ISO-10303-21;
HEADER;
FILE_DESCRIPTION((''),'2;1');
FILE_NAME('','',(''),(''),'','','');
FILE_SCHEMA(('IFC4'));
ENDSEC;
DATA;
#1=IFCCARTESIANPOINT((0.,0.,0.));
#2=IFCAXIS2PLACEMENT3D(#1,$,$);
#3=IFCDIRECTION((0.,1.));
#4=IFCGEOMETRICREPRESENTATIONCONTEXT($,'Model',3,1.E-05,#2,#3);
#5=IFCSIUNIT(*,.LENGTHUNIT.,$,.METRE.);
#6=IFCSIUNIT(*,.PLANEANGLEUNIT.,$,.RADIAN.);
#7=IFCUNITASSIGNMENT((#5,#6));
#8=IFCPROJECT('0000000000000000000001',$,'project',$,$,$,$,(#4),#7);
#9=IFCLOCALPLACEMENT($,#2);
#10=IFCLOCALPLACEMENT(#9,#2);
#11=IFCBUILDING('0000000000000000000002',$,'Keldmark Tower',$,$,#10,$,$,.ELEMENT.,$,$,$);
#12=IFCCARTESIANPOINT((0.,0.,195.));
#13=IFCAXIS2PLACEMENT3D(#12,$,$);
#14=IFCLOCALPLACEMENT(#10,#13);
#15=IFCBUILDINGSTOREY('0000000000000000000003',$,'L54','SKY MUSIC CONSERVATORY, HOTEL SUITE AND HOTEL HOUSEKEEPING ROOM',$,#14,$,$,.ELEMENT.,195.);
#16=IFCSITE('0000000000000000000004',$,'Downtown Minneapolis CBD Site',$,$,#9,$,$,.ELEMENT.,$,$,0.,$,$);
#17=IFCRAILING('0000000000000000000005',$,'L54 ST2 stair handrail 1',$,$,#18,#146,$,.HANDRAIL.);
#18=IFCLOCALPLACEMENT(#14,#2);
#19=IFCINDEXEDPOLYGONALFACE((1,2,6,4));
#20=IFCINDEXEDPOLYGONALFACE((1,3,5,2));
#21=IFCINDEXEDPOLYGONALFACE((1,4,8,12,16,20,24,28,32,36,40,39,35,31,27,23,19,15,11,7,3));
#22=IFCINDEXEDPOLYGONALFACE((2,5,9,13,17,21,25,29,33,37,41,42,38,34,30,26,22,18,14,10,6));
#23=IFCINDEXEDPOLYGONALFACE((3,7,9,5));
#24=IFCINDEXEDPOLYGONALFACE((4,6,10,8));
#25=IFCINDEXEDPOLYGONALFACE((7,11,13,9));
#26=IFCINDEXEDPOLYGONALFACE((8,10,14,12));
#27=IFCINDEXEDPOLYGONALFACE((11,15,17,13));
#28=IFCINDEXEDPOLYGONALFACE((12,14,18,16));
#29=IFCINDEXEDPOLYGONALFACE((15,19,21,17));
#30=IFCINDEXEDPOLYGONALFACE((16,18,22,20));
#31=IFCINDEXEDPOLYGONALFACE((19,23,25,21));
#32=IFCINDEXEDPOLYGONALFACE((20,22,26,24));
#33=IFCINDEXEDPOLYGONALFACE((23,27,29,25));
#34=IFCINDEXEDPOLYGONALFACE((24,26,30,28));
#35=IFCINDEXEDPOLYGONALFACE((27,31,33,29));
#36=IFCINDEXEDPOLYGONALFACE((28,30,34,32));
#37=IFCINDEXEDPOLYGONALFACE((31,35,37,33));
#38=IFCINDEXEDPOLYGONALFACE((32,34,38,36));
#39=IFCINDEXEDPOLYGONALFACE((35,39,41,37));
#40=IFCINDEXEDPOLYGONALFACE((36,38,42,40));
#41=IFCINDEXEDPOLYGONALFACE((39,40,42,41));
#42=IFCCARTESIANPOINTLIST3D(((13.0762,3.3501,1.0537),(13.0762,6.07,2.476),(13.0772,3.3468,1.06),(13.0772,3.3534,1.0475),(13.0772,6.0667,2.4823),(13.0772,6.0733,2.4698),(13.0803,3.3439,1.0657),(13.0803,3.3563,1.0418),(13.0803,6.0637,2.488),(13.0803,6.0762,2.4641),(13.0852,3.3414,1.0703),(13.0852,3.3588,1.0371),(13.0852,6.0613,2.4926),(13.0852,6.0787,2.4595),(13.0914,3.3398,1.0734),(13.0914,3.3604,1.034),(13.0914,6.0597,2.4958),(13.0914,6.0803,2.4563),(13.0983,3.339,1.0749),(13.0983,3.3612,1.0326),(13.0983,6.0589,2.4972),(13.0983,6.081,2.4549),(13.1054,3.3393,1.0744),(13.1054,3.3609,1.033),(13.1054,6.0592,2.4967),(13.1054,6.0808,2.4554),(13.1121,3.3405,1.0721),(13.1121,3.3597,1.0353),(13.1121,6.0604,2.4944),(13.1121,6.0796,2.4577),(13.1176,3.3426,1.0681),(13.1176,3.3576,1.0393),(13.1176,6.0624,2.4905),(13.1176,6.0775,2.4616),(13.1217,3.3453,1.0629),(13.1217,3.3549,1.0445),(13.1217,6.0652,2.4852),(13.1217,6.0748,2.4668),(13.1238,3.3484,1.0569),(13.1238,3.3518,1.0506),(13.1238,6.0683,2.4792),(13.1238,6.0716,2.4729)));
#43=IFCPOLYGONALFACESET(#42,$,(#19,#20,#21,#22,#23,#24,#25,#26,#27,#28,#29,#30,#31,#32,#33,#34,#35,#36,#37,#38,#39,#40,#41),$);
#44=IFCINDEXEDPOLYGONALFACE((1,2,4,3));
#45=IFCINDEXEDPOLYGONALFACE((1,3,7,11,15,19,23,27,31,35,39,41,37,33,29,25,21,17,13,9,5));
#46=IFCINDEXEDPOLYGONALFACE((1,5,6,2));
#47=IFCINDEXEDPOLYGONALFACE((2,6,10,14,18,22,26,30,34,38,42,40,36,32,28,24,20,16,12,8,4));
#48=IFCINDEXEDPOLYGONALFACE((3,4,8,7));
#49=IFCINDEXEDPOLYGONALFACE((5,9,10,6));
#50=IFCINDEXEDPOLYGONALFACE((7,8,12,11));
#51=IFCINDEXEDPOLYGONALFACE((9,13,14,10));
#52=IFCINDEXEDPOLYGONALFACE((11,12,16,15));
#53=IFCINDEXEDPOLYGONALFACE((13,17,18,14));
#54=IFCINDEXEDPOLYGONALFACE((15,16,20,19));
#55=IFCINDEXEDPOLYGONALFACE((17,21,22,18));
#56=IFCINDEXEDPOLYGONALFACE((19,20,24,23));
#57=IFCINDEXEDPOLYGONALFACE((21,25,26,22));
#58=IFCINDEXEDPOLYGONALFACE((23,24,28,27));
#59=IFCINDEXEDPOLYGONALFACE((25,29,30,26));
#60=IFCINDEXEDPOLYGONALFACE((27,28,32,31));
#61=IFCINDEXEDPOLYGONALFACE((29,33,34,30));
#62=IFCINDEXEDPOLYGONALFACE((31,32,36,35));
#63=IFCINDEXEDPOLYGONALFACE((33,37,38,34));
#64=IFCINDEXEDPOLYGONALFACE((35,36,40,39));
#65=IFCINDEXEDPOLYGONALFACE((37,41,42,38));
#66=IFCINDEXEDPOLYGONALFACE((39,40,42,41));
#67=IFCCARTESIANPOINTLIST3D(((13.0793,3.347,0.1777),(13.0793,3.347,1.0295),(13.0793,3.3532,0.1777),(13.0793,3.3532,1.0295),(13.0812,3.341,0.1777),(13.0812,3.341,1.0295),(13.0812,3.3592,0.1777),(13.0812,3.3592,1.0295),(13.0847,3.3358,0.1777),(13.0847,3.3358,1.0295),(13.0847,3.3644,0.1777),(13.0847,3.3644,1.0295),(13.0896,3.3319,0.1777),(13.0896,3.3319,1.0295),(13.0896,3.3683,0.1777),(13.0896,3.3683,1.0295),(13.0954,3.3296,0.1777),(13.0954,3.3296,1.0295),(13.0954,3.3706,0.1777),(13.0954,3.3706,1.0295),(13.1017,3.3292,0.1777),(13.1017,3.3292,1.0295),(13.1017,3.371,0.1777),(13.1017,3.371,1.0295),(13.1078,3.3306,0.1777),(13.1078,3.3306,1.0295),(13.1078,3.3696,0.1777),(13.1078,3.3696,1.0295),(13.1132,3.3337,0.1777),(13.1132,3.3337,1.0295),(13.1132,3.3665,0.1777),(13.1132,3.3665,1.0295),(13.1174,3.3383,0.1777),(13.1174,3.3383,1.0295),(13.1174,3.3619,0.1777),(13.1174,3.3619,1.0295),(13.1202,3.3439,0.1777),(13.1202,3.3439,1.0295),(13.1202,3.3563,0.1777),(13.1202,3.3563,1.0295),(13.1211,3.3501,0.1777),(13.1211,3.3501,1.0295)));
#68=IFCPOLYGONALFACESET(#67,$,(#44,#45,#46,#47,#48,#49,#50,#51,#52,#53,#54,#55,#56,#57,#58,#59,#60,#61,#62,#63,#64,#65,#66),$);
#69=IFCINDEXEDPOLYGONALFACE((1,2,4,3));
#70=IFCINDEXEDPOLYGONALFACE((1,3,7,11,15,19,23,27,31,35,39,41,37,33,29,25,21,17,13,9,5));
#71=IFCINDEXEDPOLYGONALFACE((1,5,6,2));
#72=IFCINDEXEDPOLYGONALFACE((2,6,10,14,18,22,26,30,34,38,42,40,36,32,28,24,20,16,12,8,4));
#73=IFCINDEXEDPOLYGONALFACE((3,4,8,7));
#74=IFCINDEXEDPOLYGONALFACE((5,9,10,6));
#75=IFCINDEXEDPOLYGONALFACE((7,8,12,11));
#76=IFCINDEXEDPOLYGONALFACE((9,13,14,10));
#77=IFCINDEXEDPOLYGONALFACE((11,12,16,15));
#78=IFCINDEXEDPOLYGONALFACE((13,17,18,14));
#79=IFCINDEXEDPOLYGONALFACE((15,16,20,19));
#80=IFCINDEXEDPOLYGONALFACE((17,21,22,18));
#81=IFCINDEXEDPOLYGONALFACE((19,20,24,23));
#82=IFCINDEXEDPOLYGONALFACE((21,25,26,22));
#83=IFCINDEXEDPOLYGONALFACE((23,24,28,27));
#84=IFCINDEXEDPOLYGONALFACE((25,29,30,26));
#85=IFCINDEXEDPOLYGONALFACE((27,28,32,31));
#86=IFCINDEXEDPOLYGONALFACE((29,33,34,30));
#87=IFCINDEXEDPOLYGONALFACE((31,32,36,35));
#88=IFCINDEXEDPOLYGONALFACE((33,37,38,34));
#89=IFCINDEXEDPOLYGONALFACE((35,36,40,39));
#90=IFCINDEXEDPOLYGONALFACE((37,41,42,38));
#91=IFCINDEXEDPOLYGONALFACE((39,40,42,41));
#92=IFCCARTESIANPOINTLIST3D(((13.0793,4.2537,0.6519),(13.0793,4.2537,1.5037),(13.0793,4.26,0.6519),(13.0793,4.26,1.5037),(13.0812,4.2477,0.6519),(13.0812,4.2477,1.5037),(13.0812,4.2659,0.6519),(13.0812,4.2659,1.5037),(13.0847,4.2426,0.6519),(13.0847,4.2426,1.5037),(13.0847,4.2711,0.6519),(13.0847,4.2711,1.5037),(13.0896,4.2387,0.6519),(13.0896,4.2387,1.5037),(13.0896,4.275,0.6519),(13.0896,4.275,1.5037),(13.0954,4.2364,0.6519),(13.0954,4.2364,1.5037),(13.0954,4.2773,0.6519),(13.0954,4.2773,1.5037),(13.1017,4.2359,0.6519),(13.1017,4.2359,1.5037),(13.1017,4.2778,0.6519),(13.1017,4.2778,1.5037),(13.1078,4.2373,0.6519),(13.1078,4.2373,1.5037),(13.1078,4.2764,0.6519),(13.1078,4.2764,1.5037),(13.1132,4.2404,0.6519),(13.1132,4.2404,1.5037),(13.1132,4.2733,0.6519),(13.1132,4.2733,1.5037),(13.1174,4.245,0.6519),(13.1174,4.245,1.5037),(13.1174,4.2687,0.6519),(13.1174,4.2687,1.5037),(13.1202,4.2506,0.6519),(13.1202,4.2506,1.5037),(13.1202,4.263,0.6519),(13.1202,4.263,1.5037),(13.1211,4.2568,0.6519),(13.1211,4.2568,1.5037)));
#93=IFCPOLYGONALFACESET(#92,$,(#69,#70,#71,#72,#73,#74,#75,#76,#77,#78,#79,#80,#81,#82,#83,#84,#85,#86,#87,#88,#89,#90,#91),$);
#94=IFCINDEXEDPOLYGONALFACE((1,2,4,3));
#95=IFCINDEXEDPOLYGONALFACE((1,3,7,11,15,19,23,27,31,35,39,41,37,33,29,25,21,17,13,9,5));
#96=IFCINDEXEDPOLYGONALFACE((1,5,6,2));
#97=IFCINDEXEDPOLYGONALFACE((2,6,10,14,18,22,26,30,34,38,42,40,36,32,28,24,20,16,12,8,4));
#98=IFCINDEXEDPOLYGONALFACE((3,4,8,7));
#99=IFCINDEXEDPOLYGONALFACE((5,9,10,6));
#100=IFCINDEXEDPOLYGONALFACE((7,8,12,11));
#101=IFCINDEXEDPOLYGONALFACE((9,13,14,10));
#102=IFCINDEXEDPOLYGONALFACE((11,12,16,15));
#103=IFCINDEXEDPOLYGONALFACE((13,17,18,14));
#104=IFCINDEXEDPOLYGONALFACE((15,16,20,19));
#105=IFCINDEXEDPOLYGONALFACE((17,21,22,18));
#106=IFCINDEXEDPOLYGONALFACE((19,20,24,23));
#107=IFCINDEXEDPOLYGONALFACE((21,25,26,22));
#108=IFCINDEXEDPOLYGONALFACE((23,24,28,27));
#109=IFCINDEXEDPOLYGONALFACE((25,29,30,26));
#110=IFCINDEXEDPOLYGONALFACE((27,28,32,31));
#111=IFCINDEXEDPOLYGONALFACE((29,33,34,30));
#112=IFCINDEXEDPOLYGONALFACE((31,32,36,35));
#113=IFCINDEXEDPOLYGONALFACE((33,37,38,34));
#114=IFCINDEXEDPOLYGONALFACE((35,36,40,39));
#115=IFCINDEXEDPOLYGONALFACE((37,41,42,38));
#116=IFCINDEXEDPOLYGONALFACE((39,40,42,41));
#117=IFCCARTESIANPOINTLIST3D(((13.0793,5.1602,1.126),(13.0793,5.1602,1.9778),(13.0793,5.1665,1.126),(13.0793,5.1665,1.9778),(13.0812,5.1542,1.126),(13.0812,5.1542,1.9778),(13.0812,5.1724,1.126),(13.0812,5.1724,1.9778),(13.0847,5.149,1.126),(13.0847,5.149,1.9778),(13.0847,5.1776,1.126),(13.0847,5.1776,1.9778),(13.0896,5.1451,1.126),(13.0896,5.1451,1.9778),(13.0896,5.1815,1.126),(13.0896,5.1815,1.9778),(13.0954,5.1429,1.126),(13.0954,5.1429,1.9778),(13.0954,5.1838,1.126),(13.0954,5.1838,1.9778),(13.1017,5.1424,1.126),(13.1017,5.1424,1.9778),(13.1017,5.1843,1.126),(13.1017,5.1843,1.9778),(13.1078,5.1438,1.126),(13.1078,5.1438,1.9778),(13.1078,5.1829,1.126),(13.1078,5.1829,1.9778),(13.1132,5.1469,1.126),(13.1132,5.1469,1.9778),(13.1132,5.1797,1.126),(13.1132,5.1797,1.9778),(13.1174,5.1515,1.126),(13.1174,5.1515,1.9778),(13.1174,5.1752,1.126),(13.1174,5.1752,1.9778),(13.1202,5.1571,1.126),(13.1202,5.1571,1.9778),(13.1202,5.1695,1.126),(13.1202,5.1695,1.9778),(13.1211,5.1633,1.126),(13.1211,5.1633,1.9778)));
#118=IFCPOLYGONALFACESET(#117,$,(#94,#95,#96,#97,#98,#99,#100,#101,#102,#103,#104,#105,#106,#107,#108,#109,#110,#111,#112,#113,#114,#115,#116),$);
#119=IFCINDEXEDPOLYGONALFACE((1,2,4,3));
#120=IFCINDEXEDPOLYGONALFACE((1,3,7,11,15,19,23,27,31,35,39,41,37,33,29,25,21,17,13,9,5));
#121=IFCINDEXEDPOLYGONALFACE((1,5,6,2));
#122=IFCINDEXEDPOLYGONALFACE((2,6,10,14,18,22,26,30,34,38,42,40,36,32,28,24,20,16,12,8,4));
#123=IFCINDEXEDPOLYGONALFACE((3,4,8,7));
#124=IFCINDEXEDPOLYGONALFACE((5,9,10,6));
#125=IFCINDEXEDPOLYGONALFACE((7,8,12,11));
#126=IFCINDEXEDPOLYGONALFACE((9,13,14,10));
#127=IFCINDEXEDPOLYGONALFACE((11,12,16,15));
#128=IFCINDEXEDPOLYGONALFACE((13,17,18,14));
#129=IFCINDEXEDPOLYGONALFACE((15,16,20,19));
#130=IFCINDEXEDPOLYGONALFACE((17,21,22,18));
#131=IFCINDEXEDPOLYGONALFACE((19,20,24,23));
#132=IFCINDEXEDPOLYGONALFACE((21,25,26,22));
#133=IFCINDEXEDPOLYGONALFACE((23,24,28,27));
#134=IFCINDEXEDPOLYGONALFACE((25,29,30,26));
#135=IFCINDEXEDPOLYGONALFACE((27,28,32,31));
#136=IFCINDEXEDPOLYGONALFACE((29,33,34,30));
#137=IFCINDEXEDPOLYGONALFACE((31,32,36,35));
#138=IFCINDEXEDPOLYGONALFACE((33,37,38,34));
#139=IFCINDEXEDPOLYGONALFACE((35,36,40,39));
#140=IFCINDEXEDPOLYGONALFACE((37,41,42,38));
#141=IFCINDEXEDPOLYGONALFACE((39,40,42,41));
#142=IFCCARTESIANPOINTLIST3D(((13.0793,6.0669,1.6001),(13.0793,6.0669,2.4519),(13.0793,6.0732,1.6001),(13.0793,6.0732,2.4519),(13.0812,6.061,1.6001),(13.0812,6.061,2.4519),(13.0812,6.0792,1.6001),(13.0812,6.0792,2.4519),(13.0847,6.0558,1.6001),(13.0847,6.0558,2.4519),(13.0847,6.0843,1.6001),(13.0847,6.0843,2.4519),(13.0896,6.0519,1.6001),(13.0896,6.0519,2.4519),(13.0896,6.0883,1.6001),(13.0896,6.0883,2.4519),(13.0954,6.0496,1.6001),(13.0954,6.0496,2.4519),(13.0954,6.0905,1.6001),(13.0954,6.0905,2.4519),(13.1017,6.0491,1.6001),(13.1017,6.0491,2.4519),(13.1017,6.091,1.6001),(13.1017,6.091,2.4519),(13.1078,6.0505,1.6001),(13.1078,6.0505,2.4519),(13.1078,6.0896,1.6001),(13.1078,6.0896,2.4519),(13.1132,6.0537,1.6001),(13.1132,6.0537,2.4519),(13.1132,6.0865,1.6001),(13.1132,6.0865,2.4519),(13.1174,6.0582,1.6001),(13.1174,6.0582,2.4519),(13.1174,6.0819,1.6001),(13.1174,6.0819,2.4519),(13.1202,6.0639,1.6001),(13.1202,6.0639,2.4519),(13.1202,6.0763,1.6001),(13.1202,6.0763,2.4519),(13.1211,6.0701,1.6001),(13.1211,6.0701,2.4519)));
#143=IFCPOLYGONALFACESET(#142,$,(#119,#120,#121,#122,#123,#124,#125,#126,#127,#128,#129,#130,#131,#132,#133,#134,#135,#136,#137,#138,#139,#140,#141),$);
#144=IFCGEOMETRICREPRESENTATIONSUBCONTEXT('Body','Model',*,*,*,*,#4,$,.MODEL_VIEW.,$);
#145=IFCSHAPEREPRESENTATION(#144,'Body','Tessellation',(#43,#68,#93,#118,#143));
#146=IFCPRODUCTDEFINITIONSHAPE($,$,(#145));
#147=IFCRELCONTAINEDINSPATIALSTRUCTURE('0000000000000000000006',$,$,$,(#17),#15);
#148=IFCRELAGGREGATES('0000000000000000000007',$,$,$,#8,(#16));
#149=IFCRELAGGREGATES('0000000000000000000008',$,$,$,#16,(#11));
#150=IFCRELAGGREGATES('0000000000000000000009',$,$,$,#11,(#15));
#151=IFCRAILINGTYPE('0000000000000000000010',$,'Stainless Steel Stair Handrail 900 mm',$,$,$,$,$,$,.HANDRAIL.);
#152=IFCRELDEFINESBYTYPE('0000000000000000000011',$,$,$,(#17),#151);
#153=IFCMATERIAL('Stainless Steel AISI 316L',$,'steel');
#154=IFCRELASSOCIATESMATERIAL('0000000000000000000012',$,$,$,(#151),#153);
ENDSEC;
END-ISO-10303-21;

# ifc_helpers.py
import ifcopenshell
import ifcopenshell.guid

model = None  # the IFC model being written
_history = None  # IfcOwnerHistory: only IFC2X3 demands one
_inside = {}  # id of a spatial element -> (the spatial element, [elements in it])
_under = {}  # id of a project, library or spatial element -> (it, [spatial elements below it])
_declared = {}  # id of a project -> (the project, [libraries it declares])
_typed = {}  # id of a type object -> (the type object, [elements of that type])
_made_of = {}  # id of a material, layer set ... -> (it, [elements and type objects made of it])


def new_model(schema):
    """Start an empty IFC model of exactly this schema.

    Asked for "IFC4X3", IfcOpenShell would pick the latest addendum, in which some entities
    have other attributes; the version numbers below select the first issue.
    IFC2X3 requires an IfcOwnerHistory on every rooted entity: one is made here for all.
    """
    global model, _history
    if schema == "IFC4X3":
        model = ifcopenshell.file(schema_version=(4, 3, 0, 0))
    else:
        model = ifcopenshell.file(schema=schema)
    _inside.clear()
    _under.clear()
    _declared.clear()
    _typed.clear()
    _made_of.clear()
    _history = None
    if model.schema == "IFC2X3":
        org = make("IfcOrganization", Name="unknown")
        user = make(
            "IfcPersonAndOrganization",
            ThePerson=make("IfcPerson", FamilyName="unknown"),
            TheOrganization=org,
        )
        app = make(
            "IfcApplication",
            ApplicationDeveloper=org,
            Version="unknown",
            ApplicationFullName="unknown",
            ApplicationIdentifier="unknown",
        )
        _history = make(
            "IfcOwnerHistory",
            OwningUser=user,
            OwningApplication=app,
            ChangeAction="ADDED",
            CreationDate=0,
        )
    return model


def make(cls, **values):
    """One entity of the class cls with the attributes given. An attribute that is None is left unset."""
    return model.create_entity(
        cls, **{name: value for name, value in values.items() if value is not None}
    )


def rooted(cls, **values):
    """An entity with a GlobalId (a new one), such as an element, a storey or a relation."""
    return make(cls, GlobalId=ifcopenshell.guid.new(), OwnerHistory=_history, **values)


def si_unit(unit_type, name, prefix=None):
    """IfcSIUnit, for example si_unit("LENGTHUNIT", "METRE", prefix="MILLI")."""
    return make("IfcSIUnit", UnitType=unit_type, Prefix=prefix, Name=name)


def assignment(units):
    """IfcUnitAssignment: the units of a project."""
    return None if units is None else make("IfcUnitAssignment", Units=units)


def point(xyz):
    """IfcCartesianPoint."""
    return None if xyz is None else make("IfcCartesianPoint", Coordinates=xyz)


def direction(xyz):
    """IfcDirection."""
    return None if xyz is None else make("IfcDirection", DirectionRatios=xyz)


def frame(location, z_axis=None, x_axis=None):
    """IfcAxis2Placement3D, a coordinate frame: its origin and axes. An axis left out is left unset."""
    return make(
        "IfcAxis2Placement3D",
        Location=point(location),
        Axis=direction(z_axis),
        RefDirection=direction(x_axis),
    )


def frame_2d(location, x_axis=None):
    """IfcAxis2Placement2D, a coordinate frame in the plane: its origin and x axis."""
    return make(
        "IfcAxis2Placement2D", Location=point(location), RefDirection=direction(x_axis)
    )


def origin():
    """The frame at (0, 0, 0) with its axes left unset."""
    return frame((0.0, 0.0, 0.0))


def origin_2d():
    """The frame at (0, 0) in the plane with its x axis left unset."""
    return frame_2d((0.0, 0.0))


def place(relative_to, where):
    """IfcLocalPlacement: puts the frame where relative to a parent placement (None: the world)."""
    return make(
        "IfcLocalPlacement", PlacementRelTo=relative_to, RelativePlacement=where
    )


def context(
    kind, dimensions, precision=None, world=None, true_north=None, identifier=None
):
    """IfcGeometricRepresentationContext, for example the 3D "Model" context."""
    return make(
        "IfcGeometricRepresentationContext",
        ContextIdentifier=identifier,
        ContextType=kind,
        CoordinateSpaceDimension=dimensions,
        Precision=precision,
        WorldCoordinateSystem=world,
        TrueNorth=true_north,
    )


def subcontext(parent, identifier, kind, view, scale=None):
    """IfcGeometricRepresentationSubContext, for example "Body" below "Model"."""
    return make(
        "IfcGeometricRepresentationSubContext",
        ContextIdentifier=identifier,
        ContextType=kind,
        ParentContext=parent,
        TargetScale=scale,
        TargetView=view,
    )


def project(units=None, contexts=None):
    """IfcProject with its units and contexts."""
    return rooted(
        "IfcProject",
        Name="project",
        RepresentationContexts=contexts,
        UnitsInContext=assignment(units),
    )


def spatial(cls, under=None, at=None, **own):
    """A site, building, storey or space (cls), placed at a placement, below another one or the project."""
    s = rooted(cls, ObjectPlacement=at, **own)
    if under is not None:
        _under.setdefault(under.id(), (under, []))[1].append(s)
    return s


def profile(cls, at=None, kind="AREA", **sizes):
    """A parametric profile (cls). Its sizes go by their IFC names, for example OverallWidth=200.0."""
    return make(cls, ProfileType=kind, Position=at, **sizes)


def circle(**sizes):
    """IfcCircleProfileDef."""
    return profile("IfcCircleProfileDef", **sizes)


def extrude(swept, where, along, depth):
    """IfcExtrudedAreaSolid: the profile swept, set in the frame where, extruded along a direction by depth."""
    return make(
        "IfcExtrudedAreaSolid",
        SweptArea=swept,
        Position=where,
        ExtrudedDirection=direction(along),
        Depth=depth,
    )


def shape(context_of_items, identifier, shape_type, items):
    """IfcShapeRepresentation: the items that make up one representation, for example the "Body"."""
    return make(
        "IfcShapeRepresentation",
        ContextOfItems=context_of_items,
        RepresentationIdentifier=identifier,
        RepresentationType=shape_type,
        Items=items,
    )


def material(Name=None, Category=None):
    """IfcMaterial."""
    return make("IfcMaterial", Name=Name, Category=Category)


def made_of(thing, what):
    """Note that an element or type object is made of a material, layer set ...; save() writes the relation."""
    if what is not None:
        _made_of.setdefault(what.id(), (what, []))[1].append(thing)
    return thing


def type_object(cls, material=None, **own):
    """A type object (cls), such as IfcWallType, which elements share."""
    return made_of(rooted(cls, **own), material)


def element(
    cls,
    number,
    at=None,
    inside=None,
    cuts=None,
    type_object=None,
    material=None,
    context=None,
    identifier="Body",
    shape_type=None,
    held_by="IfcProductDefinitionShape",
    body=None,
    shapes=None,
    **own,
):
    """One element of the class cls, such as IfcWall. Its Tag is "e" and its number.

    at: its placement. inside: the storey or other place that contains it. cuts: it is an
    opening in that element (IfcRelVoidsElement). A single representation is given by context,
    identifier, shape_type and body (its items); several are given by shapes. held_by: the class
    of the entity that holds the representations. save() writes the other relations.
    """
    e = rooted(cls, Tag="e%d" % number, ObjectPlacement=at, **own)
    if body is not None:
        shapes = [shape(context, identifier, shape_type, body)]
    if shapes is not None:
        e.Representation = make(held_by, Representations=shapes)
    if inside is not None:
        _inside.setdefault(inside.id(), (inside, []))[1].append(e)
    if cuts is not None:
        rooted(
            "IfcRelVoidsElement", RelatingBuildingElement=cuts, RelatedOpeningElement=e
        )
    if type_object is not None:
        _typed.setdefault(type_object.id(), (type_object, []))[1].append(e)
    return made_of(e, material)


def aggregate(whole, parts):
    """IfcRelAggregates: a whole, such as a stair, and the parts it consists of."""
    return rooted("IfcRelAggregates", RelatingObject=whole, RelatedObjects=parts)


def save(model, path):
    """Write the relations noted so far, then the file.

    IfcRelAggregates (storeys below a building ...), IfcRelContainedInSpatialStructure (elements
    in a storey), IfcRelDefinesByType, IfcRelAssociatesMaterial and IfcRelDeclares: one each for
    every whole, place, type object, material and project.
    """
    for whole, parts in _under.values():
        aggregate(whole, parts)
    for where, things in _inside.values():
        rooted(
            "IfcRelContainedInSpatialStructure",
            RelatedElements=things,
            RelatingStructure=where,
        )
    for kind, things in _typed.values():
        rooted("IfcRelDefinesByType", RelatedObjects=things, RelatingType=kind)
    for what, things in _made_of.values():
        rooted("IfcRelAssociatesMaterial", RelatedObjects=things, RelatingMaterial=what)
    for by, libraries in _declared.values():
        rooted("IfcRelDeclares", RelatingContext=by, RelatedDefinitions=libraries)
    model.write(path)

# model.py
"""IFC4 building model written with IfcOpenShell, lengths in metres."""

from ifc_helpers import new_model, si_unit, direction, frame, origin, origin_2d, place, context, subcontext, project, spatial, circle, extrude, material, type_object, element, save


model = new_model("IFC4")

# Units and contexts
model_context = context("Model", 3, precision=1e-05, world=origin(), true_north=direction((0.0, 1.0)))
body_context = subcontext(model_context, "Body", "Model", "MODEL_VIEW")
ifc_project = project(units=[si_unit("LENGTHUNIT", "METRE"), si_unit("PLANEANGLEUNIT", "RADIAN")], contexts=[model_context])

# Site, building, storey
site_placement = place(None, origin())
site = spatial("IfcSite", under=ifc_project, at=site_placement, Name="Downtown Minneapolis CBD Site", CompositionType="ELEMENT", RefElevation=0.0)
building_placement = place(site_placement, origin())
building = spatial("IfcBuilding", under=site, at=building_placement, Name="Keldmark Tower", CompositionType="ELEMENT")
storey_placement = place(building_placement, frame((0.0, 0.0, 195.0)))
storey = spatial("IfcBuildingStorey", under=building, at=storey_placement, Name="L54", Description="SKY MUSIC CONSERVATORY, HOTEL SUITE AND HOTEL HOUSEKEEPING ROOM", CompositionType="ELEMENT", Elevation=195.0)

# Railing
ifc_material_1 = material(Name="Stainless Steel AISI 316L", Category="steel")
railing_type_1 = type_object("IfcRailingType", Name="Stainless Steel Stair Handrail 900 mm", PredefinedType="HANDRAIL", material=ifc_material_1)
railing_1_placement = place(storey_placement, frame((13.1001, 3.3501, 0.1777)))
element("IfcRailing", 1, at=railing_1_placement, inside=storey, type_object=railing_type_1, Name="L54 ST2 stair handrail 1", PredefinedType="HANDRAIL", context=body_context, shape_type="SweptSolid", body=[
    extrude(circle(Radius=0.0239, at=origin_2d()), frame((0.0, 0.0, 0.876), z_axis=(0.0, 0.88615, 0.463398), x_axis=(-1.0, 0.0, 0.0)), (0.0, 0.0, 1.0), 3.0693),
    extrude(circle(Radius=0.021, at=origin_2d()), origin(), (0.0, 0.0, 1.0), 0.8518),
    extrude(circle(Radius=0.021, at=origin_2d()), frame((0.0, 0.9067, 0.4741)), (0.0, 0.0, 1.0), 0.8518),
    extrude(circle(Radius=0.021, at=origin_2d()), frame((0.0, 1.8132, 0.9482)), (0.0, 0.0, 1.0), 0.8518),
    extrude(circle(Radius=0.021, at=origin_2d()), frame((0.0, 2.72, 1.4224)), (0.0, 0.0, 1.0), 0.8518),
])

save(model, "model.ifc")
